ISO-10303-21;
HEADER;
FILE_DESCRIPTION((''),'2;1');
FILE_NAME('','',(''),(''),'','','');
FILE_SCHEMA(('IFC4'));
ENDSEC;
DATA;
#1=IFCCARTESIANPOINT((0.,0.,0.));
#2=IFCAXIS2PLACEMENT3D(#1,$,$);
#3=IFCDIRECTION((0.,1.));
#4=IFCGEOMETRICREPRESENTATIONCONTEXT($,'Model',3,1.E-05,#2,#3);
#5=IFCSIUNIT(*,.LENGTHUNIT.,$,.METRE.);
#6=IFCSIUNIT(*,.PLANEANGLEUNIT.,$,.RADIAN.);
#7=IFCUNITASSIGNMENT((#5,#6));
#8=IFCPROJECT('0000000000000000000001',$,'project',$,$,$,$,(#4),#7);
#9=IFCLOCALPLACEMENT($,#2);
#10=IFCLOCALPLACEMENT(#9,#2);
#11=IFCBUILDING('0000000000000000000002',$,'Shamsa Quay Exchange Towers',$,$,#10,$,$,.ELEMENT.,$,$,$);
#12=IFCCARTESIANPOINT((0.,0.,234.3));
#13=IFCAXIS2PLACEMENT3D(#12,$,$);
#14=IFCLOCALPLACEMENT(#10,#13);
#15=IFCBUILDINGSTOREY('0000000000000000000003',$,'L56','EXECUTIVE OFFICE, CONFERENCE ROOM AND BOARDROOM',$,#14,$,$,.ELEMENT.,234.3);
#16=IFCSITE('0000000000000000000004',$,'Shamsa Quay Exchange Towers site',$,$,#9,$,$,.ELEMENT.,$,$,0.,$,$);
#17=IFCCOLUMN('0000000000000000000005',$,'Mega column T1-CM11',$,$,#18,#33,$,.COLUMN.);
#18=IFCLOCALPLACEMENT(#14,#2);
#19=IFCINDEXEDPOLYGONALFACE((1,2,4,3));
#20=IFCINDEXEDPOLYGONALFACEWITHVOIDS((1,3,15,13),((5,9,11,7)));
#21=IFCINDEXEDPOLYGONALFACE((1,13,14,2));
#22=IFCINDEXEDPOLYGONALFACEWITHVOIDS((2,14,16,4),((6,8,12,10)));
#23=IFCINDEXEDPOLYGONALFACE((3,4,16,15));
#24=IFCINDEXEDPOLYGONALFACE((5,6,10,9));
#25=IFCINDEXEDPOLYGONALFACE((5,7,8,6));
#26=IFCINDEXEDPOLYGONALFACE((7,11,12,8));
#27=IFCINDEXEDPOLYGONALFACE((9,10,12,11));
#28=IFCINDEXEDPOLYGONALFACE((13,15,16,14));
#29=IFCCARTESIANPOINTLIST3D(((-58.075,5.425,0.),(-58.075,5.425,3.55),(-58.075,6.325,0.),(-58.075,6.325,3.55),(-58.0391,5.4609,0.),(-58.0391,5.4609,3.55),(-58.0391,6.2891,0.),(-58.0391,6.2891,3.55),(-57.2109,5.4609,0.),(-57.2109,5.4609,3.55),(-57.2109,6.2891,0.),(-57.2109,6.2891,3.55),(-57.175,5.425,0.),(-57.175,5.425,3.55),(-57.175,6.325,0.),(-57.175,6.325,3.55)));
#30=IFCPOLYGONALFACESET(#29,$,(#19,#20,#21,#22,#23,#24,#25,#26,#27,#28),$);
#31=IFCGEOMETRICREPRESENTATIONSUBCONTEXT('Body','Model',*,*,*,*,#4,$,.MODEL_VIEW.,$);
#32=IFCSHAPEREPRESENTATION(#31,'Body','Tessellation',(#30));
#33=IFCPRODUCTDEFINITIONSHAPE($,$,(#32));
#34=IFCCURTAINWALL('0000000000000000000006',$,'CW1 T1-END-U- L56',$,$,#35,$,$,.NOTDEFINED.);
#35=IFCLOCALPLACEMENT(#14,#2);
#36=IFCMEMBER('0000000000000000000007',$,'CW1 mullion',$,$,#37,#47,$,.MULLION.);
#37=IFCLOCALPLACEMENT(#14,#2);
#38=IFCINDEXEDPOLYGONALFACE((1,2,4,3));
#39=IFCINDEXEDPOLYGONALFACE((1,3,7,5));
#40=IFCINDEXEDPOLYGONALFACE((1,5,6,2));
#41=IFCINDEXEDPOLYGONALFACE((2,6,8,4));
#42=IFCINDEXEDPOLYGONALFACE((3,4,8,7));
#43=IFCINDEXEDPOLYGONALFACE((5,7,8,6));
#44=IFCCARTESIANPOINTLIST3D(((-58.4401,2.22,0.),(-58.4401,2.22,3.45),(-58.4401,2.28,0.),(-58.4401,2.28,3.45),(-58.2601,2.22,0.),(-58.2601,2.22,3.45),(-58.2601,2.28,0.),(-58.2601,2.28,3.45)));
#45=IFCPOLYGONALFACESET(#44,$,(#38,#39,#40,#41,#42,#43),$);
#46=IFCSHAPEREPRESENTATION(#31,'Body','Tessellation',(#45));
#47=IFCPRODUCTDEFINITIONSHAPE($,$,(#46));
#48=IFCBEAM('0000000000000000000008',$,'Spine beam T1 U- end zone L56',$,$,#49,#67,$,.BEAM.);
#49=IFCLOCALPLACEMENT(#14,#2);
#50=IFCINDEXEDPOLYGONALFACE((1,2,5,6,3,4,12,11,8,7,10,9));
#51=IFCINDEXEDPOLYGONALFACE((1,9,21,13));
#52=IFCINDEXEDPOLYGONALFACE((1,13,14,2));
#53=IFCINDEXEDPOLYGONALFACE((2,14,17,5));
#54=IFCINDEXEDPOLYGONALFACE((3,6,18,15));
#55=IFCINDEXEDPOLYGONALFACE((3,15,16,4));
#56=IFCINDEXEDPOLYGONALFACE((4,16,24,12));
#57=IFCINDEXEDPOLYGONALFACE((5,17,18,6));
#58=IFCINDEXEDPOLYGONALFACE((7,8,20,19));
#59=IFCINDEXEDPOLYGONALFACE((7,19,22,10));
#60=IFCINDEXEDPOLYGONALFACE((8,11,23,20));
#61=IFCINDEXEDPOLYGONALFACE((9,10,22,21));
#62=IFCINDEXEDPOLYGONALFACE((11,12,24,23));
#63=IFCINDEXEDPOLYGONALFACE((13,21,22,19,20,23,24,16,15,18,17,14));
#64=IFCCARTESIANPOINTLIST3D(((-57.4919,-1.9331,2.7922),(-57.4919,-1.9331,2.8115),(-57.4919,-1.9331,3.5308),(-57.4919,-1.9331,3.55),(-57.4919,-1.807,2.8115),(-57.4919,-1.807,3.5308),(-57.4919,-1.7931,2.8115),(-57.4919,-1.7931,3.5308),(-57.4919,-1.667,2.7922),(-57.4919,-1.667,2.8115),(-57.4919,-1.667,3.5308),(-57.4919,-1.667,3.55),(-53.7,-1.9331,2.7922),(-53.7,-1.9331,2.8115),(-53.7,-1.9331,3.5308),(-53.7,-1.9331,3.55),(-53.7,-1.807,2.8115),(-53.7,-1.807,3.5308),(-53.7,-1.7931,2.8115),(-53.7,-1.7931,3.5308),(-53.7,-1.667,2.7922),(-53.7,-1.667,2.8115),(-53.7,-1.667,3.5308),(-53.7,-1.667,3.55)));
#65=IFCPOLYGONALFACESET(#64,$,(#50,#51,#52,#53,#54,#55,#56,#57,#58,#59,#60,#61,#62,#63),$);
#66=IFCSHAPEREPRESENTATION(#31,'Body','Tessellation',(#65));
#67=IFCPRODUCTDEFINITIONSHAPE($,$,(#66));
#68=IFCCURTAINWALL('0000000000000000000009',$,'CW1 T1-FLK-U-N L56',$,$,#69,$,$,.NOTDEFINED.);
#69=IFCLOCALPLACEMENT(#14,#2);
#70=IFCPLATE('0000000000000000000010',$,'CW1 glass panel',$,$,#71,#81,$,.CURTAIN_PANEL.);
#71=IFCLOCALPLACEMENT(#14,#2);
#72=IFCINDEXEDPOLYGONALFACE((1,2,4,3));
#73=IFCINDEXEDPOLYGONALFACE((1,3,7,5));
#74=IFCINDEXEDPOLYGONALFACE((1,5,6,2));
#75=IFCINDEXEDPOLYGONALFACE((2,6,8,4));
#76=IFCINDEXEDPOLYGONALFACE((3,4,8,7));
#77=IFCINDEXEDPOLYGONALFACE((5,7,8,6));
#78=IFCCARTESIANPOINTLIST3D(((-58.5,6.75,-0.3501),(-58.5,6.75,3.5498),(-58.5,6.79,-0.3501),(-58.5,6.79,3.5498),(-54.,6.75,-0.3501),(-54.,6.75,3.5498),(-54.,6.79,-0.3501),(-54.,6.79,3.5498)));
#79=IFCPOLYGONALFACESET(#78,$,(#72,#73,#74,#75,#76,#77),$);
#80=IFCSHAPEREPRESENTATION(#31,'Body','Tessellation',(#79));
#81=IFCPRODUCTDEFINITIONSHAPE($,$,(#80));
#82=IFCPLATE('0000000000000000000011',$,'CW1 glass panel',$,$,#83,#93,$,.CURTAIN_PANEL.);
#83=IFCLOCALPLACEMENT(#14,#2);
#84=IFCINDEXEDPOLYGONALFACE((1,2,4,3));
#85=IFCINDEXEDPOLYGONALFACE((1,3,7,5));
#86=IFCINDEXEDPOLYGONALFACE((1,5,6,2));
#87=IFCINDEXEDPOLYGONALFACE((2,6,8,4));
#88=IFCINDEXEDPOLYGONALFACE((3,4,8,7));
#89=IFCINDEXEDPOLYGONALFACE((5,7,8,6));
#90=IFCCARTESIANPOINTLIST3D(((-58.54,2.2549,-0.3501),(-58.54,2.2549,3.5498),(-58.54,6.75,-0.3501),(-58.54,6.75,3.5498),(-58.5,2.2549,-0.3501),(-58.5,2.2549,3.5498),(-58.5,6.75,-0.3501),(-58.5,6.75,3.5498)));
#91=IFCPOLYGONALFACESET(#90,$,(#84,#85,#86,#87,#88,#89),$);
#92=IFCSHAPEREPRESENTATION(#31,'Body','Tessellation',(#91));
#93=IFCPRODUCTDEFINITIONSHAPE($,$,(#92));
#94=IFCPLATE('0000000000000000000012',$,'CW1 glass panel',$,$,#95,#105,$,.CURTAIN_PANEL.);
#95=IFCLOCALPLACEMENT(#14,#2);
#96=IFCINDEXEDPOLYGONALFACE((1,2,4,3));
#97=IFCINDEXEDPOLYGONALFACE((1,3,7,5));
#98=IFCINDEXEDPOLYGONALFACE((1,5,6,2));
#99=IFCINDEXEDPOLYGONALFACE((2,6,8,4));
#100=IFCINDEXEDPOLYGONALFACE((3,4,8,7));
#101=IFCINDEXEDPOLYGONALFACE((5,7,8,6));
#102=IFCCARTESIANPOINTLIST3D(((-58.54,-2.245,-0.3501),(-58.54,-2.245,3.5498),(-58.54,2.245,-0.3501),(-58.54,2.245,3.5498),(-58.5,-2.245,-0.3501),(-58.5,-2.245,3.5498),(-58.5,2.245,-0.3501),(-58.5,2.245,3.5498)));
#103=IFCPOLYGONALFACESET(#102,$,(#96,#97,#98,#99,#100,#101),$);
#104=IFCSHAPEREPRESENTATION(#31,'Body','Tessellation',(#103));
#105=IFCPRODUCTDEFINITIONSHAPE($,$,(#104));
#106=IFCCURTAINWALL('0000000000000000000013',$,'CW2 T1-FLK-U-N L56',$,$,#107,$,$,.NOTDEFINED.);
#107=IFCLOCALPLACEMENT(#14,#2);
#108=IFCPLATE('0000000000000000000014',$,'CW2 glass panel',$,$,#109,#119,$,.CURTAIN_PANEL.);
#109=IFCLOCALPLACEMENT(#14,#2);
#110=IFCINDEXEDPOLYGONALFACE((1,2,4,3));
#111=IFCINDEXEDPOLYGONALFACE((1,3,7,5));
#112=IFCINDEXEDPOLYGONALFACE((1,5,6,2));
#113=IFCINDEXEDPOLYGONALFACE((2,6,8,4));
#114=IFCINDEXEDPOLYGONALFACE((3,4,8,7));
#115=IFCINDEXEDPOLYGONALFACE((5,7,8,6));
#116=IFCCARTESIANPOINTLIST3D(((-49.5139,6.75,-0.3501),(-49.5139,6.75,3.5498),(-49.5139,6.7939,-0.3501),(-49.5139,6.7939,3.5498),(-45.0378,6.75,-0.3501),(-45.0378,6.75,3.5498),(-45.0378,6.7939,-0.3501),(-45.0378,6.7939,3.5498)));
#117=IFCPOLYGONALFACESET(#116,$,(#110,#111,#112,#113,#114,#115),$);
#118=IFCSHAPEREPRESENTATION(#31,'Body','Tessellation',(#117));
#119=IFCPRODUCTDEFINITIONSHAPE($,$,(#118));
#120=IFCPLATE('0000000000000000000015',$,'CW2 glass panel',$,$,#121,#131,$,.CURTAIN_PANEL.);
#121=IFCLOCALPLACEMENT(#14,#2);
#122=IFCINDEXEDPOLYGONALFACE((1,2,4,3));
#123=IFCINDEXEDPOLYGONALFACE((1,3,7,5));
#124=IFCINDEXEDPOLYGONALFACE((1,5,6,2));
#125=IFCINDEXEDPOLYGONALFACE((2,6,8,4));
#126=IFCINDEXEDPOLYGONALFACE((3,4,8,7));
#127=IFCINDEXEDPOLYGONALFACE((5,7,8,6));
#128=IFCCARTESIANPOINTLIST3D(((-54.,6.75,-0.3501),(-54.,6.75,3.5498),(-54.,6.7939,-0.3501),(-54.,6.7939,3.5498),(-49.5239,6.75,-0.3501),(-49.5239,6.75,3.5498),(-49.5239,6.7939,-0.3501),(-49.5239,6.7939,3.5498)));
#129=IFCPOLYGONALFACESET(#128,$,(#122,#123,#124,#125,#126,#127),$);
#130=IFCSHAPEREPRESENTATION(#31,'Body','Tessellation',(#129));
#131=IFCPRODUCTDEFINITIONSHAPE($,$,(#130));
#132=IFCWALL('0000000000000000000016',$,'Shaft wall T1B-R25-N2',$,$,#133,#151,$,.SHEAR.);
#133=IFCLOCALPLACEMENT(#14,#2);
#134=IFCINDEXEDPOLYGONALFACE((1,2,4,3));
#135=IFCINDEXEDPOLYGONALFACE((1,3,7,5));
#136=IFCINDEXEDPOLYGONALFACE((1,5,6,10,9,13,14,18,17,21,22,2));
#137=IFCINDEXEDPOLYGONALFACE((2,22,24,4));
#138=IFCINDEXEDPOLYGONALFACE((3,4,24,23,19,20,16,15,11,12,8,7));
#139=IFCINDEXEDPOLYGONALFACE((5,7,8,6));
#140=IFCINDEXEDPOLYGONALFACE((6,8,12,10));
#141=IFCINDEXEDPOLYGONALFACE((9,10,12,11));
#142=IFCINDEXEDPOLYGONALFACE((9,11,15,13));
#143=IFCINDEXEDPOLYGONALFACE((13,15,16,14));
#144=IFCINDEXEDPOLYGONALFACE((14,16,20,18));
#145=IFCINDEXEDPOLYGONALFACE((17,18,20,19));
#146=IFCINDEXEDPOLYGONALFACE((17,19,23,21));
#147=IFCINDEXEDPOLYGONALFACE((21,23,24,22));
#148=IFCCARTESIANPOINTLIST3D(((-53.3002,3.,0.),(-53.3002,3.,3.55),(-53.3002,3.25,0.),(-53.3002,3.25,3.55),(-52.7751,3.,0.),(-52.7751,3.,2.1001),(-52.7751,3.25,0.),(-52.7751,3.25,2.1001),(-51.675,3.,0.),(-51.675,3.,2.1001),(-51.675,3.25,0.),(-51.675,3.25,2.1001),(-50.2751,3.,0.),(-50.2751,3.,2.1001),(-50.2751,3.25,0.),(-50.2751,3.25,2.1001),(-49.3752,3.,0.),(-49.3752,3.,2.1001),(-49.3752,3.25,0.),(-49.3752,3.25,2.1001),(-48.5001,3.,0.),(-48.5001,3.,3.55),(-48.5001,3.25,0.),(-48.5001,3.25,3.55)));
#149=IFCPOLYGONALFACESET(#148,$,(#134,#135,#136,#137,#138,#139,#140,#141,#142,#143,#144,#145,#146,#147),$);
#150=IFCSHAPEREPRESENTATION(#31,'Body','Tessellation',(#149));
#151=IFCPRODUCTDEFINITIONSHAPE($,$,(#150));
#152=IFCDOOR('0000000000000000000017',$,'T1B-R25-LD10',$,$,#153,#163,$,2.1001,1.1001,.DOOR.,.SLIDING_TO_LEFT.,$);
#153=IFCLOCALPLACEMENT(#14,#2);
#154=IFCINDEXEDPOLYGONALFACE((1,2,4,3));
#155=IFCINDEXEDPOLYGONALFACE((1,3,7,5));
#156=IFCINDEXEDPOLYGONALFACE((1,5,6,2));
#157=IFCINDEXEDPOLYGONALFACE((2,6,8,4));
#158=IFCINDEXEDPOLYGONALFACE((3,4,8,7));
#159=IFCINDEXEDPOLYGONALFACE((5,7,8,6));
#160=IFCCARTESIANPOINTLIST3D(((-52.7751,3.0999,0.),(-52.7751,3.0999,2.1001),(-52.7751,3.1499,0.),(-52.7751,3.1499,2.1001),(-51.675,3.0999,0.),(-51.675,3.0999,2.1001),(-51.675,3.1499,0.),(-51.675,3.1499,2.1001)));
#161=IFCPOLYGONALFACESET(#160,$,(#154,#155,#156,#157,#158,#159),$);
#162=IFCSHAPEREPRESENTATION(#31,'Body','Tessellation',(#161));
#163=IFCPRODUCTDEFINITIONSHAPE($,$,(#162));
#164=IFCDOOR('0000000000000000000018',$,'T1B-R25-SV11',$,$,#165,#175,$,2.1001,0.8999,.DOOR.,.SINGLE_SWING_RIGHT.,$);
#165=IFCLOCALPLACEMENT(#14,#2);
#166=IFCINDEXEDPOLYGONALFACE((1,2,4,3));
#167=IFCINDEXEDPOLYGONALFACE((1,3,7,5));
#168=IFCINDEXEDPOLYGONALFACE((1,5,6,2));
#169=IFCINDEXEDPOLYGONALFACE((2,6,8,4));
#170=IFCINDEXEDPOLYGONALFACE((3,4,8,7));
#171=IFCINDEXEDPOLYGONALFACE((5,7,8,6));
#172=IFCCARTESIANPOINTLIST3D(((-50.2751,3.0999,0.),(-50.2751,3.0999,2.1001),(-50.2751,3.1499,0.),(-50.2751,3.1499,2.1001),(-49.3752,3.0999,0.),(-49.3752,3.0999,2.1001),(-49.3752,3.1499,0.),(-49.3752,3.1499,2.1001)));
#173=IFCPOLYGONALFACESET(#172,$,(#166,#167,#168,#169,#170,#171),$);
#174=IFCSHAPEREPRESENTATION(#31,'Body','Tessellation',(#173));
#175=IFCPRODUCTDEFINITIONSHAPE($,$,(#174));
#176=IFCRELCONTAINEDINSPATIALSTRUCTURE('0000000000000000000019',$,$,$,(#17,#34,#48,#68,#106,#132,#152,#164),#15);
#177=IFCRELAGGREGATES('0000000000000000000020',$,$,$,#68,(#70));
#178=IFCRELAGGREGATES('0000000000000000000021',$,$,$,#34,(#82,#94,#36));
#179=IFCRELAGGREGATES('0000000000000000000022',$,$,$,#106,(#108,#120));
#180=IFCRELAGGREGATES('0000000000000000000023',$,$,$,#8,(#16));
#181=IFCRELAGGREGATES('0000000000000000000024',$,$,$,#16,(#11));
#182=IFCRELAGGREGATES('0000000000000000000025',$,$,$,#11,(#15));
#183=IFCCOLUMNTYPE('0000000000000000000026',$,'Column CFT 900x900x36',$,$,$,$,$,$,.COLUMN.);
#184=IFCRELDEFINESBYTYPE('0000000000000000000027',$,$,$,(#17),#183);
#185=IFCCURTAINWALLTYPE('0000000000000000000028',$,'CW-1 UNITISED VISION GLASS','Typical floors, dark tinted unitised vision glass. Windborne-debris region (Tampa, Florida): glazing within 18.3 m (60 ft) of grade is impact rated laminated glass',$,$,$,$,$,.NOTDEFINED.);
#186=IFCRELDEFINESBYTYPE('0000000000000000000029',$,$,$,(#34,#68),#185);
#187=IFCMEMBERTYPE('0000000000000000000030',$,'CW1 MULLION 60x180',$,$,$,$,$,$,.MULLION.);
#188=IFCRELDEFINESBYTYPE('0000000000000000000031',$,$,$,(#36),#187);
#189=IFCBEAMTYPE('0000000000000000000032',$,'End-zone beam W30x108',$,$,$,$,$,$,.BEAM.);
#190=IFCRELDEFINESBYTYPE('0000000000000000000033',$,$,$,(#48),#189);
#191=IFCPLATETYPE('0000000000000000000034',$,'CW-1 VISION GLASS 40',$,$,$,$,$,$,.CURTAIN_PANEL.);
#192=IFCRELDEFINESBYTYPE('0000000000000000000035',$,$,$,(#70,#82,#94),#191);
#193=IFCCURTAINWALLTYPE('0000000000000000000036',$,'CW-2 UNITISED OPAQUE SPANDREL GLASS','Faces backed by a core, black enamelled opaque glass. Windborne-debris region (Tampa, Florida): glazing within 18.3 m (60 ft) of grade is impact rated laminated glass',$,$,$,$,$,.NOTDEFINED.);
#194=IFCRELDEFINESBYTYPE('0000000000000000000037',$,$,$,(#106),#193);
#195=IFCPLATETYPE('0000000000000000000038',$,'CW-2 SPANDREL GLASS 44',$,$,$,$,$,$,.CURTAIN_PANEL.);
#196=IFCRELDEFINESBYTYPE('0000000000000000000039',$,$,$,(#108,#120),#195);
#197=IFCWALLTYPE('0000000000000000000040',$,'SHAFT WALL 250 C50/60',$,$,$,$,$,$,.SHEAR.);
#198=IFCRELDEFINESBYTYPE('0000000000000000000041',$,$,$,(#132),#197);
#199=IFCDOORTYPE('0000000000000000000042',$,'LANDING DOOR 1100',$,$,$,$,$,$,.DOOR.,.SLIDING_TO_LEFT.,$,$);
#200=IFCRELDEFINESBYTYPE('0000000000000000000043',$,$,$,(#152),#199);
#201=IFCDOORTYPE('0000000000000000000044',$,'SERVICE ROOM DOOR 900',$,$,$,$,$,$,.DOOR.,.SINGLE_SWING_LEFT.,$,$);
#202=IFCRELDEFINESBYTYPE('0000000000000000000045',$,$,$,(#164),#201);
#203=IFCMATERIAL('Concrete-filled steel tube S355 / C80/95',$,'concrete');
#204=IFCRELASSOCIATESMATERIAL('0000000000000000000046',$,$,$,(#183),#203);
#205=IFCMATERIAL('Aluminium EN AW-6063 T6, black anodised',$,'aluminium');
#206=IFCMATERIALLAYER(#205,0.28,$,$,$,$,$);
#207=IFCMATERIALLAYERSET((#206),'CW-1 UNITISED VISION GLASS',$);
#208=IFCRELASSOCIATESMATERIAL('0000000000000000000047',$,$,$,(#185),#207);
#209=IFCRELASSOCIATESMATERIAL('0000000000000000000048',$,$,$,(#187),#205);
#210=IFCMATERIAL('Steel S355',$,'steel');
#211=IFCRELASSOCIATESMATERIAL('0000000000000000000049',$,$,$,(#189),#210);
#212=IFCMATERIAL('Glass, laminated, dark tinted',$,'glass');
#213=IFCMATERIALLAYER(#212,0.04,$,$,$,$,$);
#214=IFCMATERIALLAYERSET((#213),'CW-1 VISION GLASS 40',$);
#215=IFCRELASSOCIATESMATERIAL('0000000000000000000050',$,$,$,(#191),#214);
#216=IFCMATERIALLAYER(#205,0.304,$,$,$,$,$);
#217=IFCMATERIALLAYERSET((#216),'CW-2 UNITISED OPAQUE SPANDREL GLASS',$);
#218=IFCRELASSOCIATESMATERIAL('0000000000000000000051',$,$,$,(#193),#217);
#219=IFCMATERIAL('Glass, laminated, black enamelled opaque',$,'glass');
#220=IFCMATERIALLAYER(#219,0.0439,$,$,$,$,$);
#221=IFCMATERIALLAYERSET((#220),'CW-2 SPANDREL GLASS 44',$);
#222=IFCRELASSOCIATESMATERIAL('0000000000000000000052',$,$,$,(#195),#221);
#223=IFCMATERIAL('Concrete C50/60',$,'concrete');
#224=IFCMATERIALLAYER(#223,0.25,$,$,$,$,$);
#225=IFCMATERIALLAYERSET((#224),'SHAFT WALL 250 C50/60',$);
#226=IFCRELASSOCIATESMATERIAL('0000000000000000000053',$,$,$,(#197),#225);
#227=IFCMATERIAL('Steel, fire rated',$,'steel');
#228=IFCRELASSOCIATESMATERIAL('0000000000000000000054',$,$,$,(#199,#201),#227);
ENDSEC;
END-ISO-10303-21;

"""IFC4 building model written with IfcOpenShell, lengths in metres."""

from ifc_helpers import new_model, si_unit, direction, frame, frame_2d, origin, origin_2d, place, context, subcontext, project, spatial, rectangle, hollow_rectangle, i_section, extrude, material, layer, layer_set, material_profile, profile_set, type_object, element, fill, aggregate, save


model = new_model("IFC4")

# Units and contexts
model_context = context("Model", 3, precision=1e-05, world=origin(), true_north=direction((0.0, 1.0)))
body_context = subcontext(model_context, "Body", "Model", "MODEL_VIEW")
ifc_project = project(units=[si_unit("LENGTHUNIT", "METRE"), si_unit("PLANEANGLEUNIT", "RADIAN")], contexts=[model_context])

# Site, building, storey
site_placement = place(None, origin())
site = spatial("IfcSite", under=ifc_project, at=site_placement, Name="Shamsa Quay Exchange Towers site", CompositionType="ELEMENT", RefElevation=0.0)
building_placement = place(site_placement, origin())
building = spatial("IfcBuilding", under=site, at=building_placement, Name="Shamsa Quay Exchange Towers", CompositionType="ELEMENT")
storey_placement = place(building_placement, frame((0.0, 0.0, 234.3)))
storey = spatial("IfcBuildingStorey", under=building, at=storey_placement, Name="L56", Description="EXECUTIVE OFFICE, CONFERENCE ROOM AND BOARDROOM", CompositionType="ELEMENT", Elevation=234.3)

# Column
ifc_material_1 = material(Name="Concrete-filled steel tube S355 / C80/95", Category="concrete")
ifc_material_profile_1 = material_profile(ifc_material_1, hollow_rectangle(XDim=0.8999, YDim=0.8999, WallThickness=0.0359, at=origin_2d()), Name="CFT 900x900x36")
ifc_profile_set_1 = profile_set([ifc_material_profile_1], Name="Concrete-filled steel tube S355 / C80/95")
column_type = type_object("IfcColumnType", Name="Column CFT 900x900x36", PredefinedType="COLUMN", material=ifc_profile_set_1)
column_placement = place(storey_placement, frame((-57.625, 5.875, 0.0)))
element("IfcColumn", 1, at=column_placement, inside=storey, type_object=column_type, Name="Mega column T1-CM11", PredefinedType="COLUMN", context=body_context, shape_type="SweptSolid", body=[
    extrude(hollow_rectangle(XDim=0.8999, YDim=0.8999, WallThickness=0.0359, at=origin_2d()), origin(), (0.0, 0.0, 1.0), 3.55),
])

# Curtain wall, member
ifc_material_2 = material(Name="Aluminium EN AW-6063 T6, black anodised", Category="aluminium")
ifc_layer_1 = layer(ifc_material_2, 0.28)
ifc_layer_set_1 = layer_set([ifc_layer_1], Name="CW-1 UNITISED VISION GLASS")
curtain_wall_type_1 = type_object("IfcCurtainWallType", Name="CW-1 UNITISED VISION GLASS", Description="Typical floors, dark tinted unitised vision glass. Windborne-debris region (Tampa, Florida): glazing within 18.3 m (60 ft) of grade is impact rated laminated glass", PredefinedType="NOTDEFINED", material=ifc_layer_set_1)
curtain_wall_1_placement = place(storey_placement, origin())
curtain_wall_1 = element("IfcCurtainWall", 2, at=curtain_wall_1_placement, inside=storey, type_object=curtain_wall_type_1, Name="CW1 T1-END-U- L56", PredefinedType="NOTDEFINED")
ifc_material_profile_2 = material_profile(ifc_material_2, rectangle(XDim=0.1799, YDim=0.0601, at=origin_2d()), Name="MU60x180")
ifc_profile_set_2 = profile_set([ifc_material_profile_2], Name="Aluminium EN AW-6063 T6, black anodised")
member_type = type_object("IfcMemberType", Name="CW1 MULLION 60x180", PredefinedType="MULLION", material=ifc_profile_set_2)
member_placement = place(storey_placement, frame((-58.3501, 2.25, 0.0)))
member = element("IfcMember", 3, at=member_placement, type_object=member_type, Name="CW1 mullion", PredefinedType="MULLION", context=body_context, shape_type="SweptSolid", body=[
    extrude(rectangle(XDim=0.1799, YDim=0.0601, at=origin_2d()), origin(), (0.0, 0.0, 1.0), 3.45),
])

# Beam
ifc_material_3 = material(Name="Steel S355", Category="steel")
ifc_material_profile_3 = material_profile(ifc_material_3, i_section(OverallWidth=0.2661, OverallDepth=0.7578, WebThickness=0.0139, FlangeThickness=0.0193, at=origin_2d()), Name="W30x108")
ifc_profile_set_3 = profile_set([ifc_material_profile_3], Name="Steel S355")
beam_type = type_object("IfcBeamType", Name="End-zone beam W30x108", PredefinedType="BEAM", material=ifc_profile_set_3)
beam_placement = place(storey_placement, frame((-53.7, -1.8, 3.1711), z_axis=(-1.0, 0.0, 0.0), x_axis=(0.0, -1.0, 0.0)))
element("IfcBeam", 4, at=beam_placement, inside=storey, type_object=beam_type, Name="Spine beam T1 U- end zone L56", PredefinedType="BEAM", context=body_context, shape_type="SweptSolid", body=[
    extrude(i_section(OverallWidth=0.2661, OverallDepth=0.7578, WebThickness=0.0139, FlangeThickness=0.0193, at=origin_2d()), origin(), (0.0, 0.0, 1.0), 3.792),
])

# Curtain wall, plate
curtain_wall_2_placement = place(storey_placement, origin())
curtain_wall_2 = element("IfcCurtainWall", 5, at=curtain_wall_2_placement, inside=storey, type_object=curtain_wall_type_1, Name="CW1 T1-FLK-U-N L56", PredefinedType="NOTDEFINED")
ifc_material_4 = material(Name="Glass, laminated, dark tinted", Category="glass")
ifc_layer_2 = layer(ifc_material_4, 0.04)
ifc_layer_set_2 = layer_set([ifc_layer_2], Name="CW-1 VISION GLASS 40")
plate_type_1 = type_object("IfcPlateType", Name="CW-1 VISION GLASS 40", PredefinedType="CURTAIN_PANEL", material=ifc_layer_set_2)
plate_1_placement = place(storey_placement, frame((-56.25, 6.77, -0.3501), z_axis=(0.0, 0.0, 1.0), x_axis=(-1.0, 0.0, 0.0)))
plate_1 = element("IfcPlate", 6, at=plate_1_placement, type_object=plate_type_1, Name="CW1 glass panel", PredefinedType="CURTAIN_PANEL", context=body_context, shape_type="SweptSolid", body=[
    extrude(rectangle(XDim=4.5, YDim=0.04, at=origin_2d()), origin(), (0.0, 0.0, 1.0), 3.8999),
])
aggregate(curtain_wall_2, [plate_1])

# Plates
plate_2_placement = place(storey_placement, frame((-58.52, 4.5024, -0.3501), z_axis=(0.0, 0.0, 1.0), x_axis=(0.0, -1.0, 0.0)))
plate_2 = element("IfcPlate", 7, at=plate_2_placement, type_object=plate_type_1, Name="CW1 glass panel", PredefinedType="CURTAIN_PANEL", context=body_context, shape_type="SweptSolid", body=[
    extrude(rectangle(XDim=4.4951, YDim=0.04, at=origin_2d()), origin(), (0.0, 0.0, 1.0), 3.8999),
])
plate_3_placement = place(storey_placement, frame((-58.52, 0.0, -0.3501), z_axis=(0.0, 0.0, 1.0), x_axis=(0.0, -1.0, 0.0)))
plate_3 = element("IfcPlate", 8, at=plate_3_placement, type_object=plate_type_1, Name="CW1 glass panel", PredefinedType="CURTAIN_PANEL", context=body_context, shape_type="SweptSolid", body=[
    extrude(rectangle(XDim=4.49, YDim=0.04, at=origin_2d()), origin(), (0.0, 0.0, 1.0), 3.8999),
])
aggregate(curtain_wall_1, [plate_2, plate_3, member])

# Curtain wall, plates
ifc_layer_3 = layer(ifc_material_2, 0.304)
ifc_layer_set_3 = layer_set([ifc_layer_3], Name="CW-2 UNITISED OPAQUE SPANDREL GLASS")
curtain_wall_type_2 = type_object("IfcCurtainWallType", Name="CW-2 UNITISED OPAQUE SPANDREL GLASS", Description="Faces backed by a core, black enamelled opaque glass. Windborne-debris region (Tampa, Florida): glazing within 18.3 m (60 ft) of grade is impact rated laminated glass", PredefinedType="NOTDEFINED", material=ifc_layer_set_3)
curtain_wall_3_placement = place(storey_placement, origin())
curtain_wall_3 = element("IfcCurtainWall", 9, at=curtain_wall_3_placement, inside=storey, type_object=curtain_wall_type_2, Name="CW2 T1-FLK-U-N L56", PredefinedType="NOTDEFINED")
ifc_material_5 = material(Name="Glass, laminated, black enamelled opaque", Category="glass")
ifc_layer_4 = layer(ifc_material_5, 0.0439)
ifc_layer_set_4 = layer_set([ifc_layer_4], Name="CW-2 SPANDREL GLASS 44")
plate_type_2 = type_object("IfcPlateType", Name="CW-2 SPANDREL GLASS 44", PredefinedType="CURTAIN_PANEL", material=ifc_layer_set_4)
plate_4_placement = place(storey_placement, frame((-47.2759, 6.772, -0.3501), z_axis=(0.0, 0.0, 1.0), x_axis=(-1.0, 0.0, 0.0)))
plate_4 = element("IfcPlate", 10, at=plate_4_placement, type_object=plate_type_2, Name="CW2 glass panel", PredefinedType="CURTAIN_PANEL", context=body_context, shape_type="SweptSolid", body=[
    extrude(rectangle(XDim=4.4761, YDim=0.0439, at=origin_2d()), origin(), (0.0, 0.0, 1.0), 3.8999),
])
plate_5_placement = place(storey_placement, frame((-51.762, 6.772, -0.3501), z_axis=(0.0, 0.0, 1.0), x_axis=(-1.0, 0.0, 0.0)))
plate_5 = element("IfcPlate", 11, at=plate_5_placement, type_object=plate_type_2, Name="CW2 glass panel", PredefinedType="CURTAIN_PANEL", context=body_context, shape_type="SweptSolid", body=[
    extrude(rectangle(XDim=4.4761, YDim=0.0439, at=origin_2d()), origin(), (0.0, 0.0, 1.0), 3.8999),
])
aggregate(curtain_wall_3, [plate_4, plate_5])

# Wall, openings, doors
ifc_material_6 = material(Name="Concrete C50/60", Category="concrete")
ifc_layer_5 = layer(ifc_material_6, 0.25)
ifc_layer_set_5 = layer_set([ifc_layer_5], Name="SHAFT WALL 250 C50/60")
wall_type_1 = type_object("IfcWallType", Name="SHAFT WALL 250 C50/60", PredefinedType="SHEAR", material=ifc_layer_set_5)
wall_1_placement = place(storey_placement, frame((-53.3, 3.125, 0.0)))
wall_1 = element("IfcWall", 12, at=wall_1_placement, inside=storey, type_object=wall_type_1, Name="Shaft wall T1B-R25-N2", PredefinedType="SHEAR", context=body_context, shape_type="SweptSolid", body=[
    extrude(rectangle(XDim=4.8, YDim=0.25, at=frame_2d((2.3999, 0.0))), origin(), (0.0, 0.0, 1.0), 3.55),
])
opening_1_placement = place(wall_1_placement, frame((0.5249, 0.0, 0.0)))
opening_1 = element("IfcOpeningElement", 13, at=opening_1_placement, cuts=wall_1, PredefinedType="OPENING", context=body_context, shape_type="SweptSolid", body=[
    extrude(rectangle(XDim=1.1001, YDim=2.1001, at=frame_2d((0.55, 1.05))), frame((0.0, 0.135, 0.0), z_axis=(0.0, -1.0, 0.0), x_axis=(1.0, 0.0, 0.0)), (0.0, 0.0, 1.0), 0.27),
])
opening_2_placement = place(wall_1_placement, frame((3.0249, 0.0, 0.0)))
opening_2 = element("IfcOpeningElement", 14, at=opening_2_placement, cuts=wall_1, PredefinedType="OPENING", context=body_context, shape_type="SweptSolid", body=[
    extrude(rectangle(XDim=0.8999, YDim=2.1001, at=frame_2d((0.45, 1.05))), frame((0.0, 0.135, 0.0), z_axis=(0.0, -1.0, 0.0), x_axis=(1.0, 0.0, 0.0)), (0.0, 0.0, 1.0), 0.27),
])
ifc_material_7 = material(Name="Steel, fire rated", Category="steel")
door_type_1 = type_object("IfcDoorType", Name="LANDING DOOR 1100", OperationType="SLIDING_TO_LEFT", PredefinedType="DOOR", material=ifc_material_7)
door_1_placement = place(opening_1_placement, origin())
door_1 = element("IfcDoor", 15, at=door_1_placement, inside=storey, type_object=door_type_1, Name="T1B-R25-LD10", OperationType="SLIDING_TO_LEFT", OverallHeight=2.1001, OverallWidth=1.1001, PredefinedType="DOOR", context=body_context, shape_type="SweptSolid", body=[
    extrude(rectangle(XDim=1.1001, YDim=2.1001, at=frame_2d((0.55, 1.05))), frame((0.0, 0.0249, 0.0), z_axis=(0.0, -1.0, 0.0), x_axis=(1.0, 0.0, 0.0)), (0.0, 0.0, 1.0), 0.05),
])
fill(opening_1, door_1)
door_type_2 = type_object("IfcDoorType", Name="SERVICE ROOM DOOR 900", OperationType="SINGLE_SWING_LEFT", PredefinedType="DOOR", material=ifc_material_7)
door_2_placement = place(opening_2_placement, origin())
door_2 = element("IfcDoor", 16, at=door_2_placement, inside=storey, type_object=door_type_2, Name="T1B-R25-SV11", OperationType="SINGLE_SWING_RIGHT", OverallHeight=2.1001, OverallWidth=0.8999, PredefinedType="DOOR", context=body_context, shape_type="SweptSolid", body=[
    extrude(rectangle(XDim=0.8999, YDim=2.1001, at=frame_2d((0.45, 1.05))), frame((0.0, 0.0249, 0.0), z_axis=(0.0, -1.0, 0.0), x_axis=(1.0, 0.0, 0.0)), (0.0, 0.0, 1.0), 0.05),
])
fill(opening_2, door_2)

save(model, "model.ifc")
